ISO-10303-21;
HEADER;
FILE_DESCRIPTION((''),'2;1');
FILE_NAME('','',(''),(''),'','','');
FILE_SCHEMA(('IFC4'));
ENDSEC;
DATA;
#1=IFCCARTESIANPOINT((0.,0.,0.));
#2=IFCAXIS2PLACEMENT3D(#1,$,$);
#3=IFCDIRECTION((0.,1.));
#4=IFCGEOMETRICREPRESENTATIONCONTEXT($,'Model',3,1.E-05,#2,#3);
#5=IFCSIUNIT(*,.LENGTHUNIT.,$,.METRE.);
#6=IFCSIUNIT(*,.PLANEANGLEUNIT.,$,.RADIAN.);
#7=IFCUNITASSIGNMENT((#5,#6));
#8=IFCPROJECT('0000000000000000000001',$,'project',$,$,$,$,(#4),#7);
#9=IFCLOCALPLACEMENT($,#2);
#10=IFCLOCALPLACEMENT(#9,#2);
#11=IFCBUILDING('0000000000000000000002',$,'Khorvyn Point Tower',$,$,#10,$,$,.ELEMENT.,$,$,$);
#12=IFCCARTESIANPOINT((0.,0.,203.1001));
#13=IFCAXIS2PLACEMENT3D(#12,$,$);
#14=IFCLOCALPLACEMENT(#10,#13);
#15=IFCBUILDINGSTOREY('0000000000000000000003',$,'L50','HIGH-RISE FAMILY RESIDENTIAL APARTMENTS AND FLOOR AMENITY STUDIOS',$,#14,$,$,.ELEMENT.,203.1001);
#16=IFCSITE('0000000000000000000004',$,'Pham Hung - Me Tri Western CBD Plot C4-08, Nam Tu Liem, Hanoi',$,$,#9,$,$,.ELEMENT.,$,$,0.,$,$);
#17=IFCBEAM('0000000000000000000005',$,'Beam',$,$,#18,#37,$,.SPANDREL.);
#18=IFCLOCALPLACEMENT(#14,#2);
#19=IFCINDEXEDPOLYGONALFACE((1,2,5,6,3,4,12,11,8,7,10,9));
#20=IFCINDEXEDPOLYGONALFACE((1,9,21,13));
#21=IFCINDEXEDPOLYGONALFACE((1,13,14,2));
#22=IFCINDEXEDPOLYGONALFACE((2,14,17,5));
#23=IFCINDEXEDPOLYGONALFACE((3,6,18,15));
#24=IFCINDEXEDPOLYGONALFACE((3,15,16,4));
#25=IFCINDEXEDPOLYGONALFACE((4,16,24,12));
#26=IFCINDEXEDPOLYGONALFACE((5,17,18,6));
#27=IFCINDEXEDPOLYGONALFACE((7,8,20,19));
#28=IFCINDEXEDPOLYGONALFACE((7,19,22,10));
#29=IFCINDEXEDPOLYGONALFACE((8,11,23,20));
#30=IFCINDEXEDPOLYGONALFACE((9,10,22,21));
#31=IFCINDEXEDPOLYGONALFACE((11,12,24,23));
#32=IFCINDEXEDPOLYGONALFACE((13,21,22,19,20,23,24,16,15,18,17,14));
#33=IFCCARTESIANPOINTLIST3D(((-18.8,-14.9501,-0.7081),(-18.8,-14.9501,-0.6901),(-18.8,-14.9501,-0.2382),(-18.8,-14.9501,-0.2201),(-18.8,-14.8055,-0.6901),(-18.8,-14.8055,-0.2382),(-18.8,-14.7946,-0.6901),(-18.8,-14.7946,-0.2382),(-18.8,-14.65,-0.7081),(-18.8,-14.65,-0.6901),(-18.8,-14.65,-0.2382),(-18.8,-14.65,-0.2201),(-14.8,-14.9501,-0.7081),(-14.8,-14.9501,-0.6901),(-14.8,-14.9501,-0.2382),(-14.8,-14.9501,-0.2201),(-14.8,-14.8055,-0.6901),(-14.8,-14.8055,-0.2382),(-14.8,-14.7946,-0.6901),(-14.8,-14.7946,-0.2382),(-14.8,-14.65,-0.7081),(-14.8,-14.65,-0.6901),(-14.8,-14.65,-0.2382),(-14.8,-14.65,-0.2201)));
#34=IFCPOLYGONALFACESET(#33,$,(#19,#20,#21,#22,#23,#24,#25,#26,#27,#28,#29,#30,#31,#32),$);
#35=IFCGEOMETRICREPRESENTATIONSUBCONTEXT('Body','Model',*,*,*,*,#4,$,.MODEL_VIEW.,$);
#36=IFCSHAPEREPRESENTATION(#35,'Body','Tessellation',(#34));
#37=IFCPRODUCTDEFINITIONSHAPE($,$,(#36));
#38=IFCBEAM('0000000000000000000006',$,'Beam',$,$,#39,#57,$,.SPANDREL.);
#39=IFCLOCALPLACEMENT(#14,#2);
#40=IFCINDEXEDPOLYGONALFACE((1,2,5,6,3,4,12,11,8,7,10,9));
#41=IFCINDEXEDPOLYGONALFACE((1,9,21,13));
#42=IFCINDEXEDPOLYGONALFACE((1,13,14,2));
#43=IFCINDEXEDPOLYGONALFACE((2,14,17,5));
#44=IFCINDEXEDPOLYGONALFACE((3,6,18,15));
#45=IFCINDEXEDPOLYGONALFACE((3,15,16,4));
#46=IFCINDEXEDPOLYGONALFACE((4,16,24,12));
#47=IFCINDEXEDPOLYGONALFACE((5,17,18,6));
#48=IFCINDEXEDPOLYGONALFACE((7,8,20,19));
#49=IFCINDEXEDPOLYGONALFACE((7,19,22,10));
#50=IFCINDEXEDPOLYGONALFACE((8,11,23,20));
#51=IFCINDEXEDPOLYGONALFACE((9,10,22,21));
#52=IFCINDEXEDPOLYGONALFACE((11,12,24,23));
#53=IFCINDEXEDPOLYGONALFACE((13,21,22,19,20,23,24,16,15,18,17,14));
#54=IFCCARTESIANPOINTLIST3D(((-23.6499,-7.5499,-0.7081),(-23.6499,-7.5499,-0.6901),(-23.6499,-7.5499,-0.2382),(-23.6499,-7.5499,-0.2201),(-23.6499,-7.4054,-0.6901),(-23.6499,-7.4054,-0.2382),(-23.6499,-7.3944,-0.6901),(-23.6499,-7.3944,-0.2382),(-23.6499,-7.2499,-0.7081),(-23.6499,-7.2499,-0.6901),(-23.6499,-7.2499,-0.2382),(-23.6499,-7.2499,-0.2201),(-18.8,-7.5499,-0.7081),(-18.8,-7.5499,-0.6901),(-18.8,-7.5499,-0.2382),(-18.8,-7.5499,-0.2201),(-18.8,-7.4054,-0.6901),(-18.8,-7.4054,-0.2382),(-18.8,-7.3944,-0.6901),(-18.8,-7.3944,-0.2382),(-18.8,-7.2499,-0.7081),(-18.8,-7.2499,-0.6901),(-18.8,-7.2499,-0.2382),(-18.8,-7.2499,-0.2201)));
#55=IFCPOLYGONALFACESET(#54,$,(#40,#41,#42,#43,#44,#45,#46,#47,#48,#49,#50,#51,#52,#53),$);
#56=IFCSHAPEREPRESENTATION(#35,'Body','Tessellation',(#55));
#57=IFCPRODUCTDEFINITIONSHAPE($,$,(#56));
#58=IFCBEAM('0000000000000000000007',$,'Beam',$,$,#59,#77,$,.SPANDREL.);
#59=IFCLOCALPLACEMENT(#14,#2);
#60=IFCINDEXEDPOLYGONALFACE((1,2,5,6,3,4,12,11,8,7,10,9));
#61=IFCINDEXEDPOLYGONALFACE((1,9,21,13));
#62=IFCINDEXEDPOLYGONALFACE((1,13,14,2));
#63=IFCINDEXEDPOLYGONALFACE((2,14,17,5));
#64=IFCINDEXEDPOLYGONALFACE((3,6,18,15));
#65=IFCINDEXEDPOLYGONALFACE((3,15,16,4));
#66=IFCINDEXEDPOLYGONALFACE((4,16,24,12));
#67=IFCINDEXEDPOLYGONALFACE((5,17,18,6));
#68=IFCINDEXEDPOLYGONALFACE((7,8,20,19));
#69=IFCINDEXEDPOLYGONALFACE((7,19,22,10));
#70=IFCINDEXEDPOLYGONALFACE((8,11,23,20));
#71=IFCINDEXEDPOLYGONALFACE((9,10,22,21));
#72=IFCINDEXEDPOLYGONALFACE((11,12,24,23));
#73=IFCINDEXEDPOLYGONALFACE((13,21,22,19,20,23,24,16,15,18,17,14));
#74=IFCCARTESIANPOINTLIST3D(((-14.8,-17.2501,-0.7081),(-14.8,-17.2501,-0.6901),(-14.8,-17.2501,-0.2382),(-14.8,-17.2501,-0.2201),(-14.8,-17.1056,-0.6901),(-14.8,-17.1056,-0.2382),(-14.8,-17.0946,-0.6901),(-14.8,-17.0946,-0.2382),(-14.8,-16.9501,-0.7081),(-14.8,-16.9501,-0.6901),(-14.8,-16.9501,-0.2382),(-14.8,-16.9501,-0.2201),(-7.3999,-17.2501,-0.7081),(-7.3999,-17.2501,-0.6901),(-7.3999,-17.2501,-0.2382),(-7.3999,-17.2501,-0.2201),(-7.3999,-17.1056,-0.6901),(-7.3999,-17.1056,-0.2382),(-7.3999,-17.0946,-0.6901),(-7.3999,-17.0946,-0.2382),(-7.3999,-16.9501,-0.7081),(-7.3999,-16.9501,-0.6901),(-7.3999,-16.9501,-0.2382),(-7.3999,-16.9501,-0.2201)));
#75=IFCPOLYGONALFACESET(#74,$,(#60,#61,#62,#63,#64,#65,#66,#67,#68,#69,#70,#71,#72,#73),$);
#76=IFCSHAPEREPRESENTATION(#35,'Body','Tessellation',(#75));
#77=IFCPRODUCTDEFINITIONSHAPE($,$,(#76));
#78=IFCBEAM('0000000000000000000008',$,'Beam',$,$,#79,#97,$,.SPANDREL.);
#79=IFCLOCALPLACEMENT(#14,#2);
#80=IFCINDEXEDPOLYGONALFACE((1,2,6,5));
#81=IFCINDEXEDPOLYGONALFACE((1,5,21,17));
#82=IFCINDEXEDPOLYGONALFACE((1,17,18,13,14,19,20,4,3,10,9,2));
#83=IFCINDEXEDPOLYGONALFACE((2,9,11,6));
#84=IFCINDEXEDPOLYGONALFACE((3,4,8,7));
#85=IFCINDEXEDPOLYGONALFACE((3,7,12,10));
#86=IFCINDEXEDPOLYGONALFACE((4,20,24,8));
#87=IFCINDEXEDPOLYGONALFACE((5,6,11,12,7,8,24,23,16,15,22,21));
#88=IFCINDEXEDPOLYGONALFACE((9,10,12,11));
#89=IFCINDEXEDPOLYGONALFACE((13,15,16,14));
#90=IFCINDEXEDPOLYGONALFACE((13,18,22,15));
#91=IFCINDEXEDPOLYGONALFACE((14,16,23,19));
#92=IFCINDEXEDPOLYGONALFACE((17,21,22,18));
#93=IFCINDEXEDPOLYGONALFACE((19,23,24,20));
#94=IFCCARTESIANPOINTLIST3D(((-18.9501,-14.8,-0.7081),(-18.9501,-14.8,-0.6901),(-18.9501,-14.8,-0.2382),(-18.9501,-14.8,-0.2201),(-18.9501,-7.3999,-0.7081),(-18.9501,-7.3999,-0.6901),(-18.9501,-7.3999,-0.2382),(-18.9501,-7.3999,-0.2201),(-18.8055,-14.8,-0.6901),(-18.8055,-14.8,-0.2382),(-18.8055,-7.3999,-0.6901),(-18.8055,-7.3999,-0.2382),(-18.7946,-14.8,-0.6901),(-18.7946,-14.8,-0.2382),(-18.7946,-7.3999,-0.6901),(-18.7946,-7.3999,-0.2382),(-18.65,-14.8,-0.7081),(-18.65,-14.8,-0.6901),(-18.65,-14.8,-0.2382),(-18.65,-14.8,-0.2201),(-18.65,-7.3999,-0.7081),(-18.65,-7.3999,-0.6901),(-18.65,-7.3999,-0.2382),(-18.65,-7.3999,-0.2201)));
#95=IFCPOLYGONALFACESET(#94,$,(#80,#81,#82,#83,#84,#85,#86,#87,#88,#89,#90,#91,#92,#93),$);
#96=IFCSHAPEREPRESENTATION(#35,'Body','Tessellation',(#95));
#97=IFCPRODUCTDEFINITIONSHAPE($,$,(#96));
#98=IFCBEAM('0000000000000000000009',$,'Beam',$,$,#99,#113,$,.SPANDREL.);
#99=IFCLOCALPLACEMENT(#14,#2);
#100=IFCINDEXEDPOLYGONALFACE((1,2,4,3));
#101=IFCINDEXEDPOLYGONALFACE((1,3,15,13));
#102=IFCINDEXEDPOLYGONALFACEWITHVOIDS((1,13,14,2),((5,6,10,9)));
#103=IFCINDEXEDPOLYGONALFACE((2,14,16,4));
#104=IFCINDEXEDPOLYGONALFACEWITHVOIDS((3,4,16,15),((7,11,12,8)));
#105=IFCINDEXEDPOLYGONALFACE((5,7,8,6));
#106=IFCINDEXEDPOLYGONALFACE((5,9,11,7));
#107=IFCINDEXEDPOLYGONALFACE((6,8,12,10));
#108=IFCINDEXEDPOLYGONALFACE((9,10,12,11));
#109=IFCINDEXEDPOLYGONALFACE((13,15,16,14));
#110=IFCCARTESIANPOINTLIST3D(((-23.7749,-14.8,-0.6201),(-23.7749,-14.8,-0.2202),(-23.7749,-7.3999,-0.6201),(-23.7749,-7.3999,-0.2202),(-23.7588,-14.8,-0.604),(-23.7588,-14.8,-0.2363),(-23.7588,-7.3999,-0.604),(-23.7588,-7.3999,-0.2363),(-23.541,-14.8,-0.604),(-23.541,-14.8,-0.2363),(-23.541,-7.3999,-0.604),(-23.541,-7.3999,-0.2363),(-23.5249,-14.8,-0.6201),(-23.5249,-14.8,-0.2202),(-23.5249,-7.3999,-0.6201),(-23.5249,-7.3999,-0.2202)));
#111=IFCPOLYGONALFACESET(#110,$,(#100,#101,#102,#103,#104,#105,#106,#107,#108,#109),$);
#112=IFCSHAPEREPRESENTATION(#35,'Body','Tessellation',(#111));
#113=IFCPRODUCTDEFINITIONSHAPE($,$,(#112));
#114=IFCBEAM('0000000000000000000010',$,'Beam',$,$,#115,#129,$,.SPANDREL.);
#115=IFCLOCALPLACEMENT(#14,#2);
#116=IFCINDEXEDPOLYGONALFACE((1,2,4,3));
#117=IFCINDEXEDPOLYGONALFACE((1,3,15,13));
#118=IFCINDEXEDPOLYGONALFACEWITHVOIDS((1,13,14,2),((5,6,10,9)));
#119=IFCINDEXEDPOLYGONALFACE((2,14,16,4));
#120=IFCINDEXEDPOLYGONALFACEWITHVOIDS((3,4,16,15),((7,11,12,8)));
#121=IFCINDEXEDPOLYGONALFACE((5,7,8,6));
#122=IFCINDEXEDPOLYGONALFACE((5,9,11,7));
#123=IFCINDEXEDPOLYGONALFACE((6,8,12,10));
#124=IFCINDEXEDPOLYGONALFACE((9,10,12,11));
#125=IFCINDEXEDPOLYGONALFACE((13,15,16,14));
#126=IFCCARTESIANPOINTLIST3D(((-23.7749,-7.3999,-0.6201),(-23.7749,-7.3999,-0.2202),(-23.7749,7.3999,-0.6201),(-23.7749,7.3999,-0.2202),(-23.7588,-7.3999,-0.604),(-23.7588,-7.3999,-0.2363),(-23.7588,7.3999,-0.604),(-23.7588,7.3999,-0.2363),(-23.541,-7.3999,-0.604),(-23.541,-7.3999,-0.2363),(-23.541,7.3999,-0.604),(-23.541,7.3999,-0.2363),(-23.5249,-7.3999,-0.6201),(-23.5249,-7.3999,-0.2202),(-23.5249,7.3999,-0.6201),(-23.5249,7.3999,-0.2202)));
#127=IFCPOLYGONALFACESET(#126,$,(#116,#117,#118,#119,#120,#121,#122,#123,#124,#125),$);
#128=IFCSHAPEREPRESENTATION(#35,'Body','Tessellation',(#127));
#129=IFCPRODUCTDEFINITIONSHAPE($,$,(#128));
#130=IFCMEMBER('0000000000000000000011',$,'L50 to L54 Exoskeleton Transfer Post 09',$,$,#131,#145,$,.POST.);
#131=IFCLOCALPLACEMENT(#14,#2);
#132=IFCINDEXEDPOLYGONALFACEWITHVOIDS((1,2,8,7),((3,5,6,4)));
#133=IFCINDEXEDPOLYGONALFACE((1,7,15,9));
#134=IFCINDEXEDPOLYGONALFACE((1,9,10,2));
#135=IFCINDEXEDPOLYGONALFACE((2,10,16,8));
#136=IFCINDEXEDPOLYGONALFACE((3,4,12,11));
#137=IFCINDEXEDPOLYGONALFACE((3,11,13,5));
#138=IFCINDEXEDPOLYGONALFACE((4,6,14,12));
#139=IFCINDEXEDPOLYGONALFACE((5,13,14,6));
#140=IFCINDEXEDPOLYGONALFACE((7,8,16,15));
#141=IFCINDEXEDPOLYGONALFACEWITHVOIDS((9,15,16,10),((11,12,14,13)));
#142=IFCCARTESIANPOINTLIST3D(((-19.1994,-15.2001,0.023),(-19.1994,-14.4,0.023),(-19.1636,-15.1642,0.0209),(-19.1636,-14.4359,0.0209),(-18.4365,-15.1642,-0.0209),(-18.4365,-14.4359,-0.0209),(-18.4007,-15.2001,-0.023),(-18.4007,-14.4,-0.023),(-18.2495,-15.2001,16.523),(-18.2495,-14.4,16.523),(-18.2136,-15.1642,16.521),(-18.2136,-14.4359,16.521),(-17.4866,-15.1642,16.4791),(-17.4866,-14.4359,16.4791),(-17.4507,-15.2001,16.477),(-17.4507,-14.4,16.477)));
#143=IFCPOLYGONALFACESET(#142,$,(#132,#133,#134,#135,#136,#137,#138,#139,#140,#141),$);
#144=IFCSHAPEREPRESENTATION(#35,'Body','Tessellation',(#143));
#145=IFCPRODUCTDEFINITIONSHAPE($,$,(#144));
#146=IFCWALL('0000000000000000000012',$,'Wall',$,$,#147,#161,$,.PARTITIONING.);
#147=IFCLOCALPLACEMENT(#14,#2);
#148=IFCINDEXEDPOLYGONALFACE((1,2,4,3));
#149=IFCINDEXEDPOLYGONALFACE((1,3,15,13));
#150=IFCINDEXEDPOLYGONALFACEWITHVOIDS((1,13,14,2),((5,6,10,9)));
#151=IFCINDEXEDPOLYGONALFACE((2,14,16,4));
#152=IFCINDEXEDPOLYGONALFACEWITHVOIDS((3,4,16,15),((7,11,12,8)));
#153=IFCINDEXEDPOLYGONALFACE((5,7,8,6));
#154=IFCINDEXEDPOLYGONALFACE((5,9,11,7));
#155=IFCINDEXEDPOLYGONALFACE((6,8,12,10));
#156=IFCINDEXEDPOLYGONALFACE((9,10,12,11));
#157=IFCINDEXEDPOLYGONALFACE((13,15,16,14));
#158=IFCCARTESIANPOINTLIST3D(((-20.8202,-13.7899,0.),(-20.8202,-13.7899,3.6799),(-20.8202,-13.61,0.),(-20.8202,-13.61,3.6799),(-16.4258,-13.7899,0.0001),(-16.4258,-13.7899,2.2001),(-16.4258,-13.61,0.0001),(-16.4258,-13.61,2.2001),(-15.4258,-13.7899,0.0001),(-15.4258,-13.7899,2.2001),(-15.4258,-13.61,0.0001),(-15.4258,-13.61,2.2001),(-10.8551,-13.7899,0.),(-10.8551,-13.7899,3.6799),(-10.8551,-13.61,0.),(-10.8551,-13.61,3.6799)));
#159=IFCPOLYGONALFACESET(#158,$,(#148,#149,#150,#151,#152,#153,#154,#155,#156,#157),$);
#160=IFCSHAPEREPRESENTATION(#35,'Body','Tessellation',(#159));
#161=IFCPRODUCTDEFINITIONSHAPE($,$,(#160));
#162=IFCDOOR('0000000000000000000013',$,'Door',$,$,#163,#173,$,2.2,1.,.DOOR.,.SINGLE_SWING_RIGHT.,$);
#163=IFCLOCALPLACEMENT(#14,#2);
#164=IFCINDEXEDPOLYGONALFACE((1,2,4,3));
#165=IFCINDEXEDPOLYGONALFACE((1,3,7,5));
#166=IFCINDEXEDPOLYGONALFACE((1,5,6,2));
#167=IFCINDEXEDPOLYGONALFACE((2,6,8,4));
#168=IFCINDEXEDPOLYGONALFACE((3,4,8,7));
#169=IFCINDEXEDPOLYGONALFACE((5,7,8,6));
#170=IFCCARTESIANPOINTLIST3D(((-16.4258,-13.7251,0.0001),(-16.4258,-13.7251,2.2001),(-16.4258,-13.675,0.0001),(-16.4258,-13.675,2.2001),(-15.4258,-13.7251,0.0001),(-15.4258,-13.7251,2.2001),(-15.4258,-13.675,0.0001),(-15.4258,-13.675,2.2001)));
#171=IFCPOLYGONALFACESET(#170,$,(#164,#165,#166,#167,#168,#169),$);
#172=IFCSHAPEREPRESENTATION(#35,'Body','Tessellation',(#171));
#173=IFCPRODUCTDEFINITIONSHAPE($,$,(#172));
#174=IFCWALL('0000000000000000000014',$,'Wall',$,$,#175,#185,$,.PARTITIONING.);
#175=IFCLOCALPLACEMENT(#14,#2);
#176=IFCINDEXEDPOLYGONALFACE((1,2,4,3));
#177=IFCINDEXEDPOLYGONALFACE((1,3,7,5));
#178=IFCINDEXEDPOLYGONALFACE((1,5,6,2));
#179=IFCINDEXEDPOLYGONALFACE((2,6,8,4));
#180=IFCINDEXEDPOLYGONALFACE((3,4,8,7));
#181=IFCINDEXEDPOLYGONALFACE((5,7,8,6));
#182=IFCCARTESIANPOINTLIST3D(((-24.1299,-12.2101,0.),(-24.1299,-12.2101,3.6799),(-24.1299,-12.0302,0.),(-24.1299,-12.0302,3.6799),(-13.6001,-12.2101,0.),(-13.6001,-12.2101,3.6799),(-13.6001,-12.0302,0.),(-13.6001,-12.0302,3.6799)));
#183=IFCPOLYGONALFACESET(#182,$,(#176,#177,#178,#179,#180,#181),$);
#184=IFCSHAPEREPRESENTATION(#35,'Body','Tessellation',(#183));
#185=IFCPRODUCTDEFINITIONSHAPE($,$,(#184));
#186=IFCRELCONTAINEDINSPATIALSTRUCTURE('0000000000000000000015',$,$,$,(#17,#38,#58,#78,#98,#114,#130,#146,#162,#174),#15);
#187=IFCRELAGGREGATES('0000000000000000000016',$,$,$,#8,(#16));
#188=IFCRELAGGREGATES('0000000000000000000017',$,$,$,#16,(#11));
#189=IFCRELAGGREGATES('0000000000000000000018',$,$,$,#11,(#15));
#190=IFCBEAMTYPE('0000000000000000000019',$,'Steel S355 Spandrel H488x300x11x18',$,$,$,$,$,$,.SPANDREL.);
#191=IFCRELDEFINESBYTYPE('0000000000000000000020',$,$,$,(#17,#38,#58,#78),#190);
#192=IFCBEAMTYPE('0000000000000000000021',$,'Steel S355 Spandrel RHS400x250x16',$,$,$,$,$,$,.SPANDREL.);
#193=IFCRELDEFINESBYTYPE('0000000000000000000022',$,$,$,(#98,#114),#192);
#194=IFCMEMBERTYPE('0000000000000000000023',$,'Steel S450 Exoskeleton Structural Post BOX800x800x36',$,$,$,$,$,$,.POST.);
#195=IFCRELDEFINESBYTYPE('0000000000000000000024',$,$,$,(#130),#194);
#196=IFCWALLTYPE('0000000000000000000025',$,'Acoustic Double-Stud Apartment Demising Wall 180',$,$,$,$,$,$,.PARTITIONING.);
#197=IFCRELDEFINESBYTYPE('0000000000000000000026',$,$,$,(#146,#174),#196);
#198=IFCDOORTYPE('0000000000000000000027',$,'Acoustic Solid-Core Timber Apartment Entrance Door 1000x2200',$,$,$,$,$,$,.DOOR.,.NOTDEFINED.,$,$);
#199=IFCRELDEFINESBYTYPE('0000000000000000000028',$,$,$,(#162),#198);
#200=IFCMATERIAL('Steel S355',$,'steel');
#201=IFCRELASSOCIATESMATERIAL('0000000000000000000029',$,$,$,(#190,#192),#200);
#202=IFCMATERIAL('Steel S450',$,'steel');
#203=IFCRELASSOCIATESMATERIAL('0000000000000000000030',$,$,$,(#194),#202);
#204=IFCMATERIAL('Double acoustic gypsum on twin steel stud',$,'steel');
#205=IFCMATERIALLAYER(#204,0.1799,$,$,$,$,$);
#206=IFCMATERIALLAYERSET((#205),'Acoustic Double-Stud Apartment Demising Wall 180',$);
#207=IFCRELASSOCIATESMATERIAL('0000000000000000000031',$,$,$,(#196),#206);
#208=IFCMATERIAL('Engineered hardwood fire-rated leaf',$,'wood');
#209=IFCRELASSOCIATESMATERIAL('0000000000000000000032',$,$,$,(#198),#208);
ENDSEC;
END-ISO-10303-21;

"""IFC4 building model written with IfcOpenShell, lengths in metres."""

from ifc_helpers import new_model, si_unit, direction, frame, frame_2d, origin, origin_2d, place, context, subcontext, project, spatial, rectangle, hollow_rectangle, i_section, extrude, material, layer, layer_set, material_profile, profile_set, type_object, element, fill, save


model = new_model("IFC4")

# Units and contexts
model_context = context("Model", 3, precision=1e-05, world=origin(), true_north=direction((0.0, 1.0)))
body_context = subcontext(model_context, "Body", "Model", "MODEL_VIEW")
ifc_project = project(units=[si_unit("LENGTHUNIT", "METRE"), si_unit("PLANEANGLEUNIT", "RADIAN")], contexts=[model_context])

# Site, building, storey
site_placement = place(None, origin())
site = spatial("IfcSite", under=ifc_project, at=site_placement, Name="Pham Hung - Me Tri Western CBD Plot C4-08, Nam Tu Liem, Hanoi", CompositionType="ELEMENT", RefElevation=0.0)
building_placement = place(site_placement, origin())
building = spatial("IfcBuilding", under=site, at=building_placement, Name="Khorvyn Point Tower", CompositionType="ELEMENT")
storey_placement = place(building_placement, frame((0.0, 0.0, 203.1001)))
storey = spatial("IfcBuildingStorey", under=building, at=storey_placement, Name="L50", Description="HIGH-RISE FAMILY RESIDENTIAL APARTMENTS AND FLOOR AMENITY STUDIOS", CompositionType="ELEMENT", Elevation=203.1001)

# Shared definitions
ifc_material_1 = material(Name="Steel S450", Category="steel")

# Beams
ifc_material_2 = material(Name="Steel S355", Category="steel")
ifc_material_profile_1 = material_profile(ifc_material_2, i_section(OverallWidth=0.3, OverallDepth=0.488, WebThickness=0.011, FlangeThickness=0.0181, at=origin_2d()))
ifc_profile_set_1 = profile_set([ifc_material_profile_1], Name="Steel S355 H488x300x11x18")
beam_type_1 = type_object("IfcBeamType", Name="Steel S355 Spandrel H488x300x11x18", PredefinedType="SPANDREL", material=ifc_profile_set_1)
beam_1_placement = place(storey_placement, frame((-18.8, -14.8, -0.4641), z_axis=(1.0, 0.0, 0.0), x_axis=(0.0, 1.0, 0.0)))
element("IfcBeam", 1, at=beam_1_placement, inside=storey, type_object=beam_type_1, Name="Beam", PredefinedType="SPANDREL", context=body_context, shape_type="SweptSolid", body=[
    extrude(i_section(OverallWidth=0.3, OverallDepth=0.488, WebThickness=0.011, FlangeThickness=0.0181, at=origin_2d()), origin(), (0.0, 0.0, 1.0), 4.0),
])
beam_2_placement = place(storey_placement, frame((-23.6499, -7.3999, -0.4641), z_axis=(1.0, 0.0, 0.0), x_axis=(0.0, 1.0, 0.0)))
element("IfcBeam", 2, at=beam_2_placement, inside=storey, type_object=beam_type_1, Name="Beam", PredefinedType="SPANDREL", context=body_context, shape_type="SweptSolid", body=[
    extrude(i_section(OverallWidth=0.3, OverallDepth=0.488, WebThickness=0.011, FlangeThickness=0.0181, at=origin_2d()), origin(), (0.0, 0.0, 1.0), 4.8499),
])
for number, where, z_axis, x_axis, name in (
    (3, (-14.8, -17.1001, -0.4641), (1.0, 0.0, 0.0), (0.0, 1.0, 0.0), "Beam"),
    (4, (-18.8, -14.8, -0.4641), (0.0, 1.0, 0.0), (-1.0, 0.0, 0.0), "Beam"),
):
    element("IfcBeam", number, at=place(storey_placement, frame(where, z_axis=z_axis, x_axis=x_axis)), inside=storey, type_object=beam_type_1, Name=name, PredefinedType="SPANDREL", context=body_context, shape_type="SweptSolid", body=[
        extrude(i_section(OverallWidth=0.3, OverallDepth=0.488, WebThickness=0.011, FlangeThickness=0.0181, at=origin_2d()), origin(), (0.0, 0.0, 1.0), 7.4001),
    ])
ifc_material_profile_2 = material_profile(ifc_material_2, hollow_rectangle(XDim=0.25, YDim=0.3999, WallThickness=0.0161, at=origin_2d()))
ifc_profile_set_2 = profile_set([ifc_material_profile_2], Name="Steel S355 RHS400x250x16")
beam_type_2 = type_object("IfcBeamType", Name="Steel S355 Spandrel RHS400x250x16", PredefinedType="SPANDREL", material=ifc_profile_set_2)
beam_3_placement = place(storey_placement, frame((-23.6499, -14.8, -0.4202), z_axis=(0.0, 1.0, 0.0), x_axis=(-1.0, 0.0, 0.0)))
element("IfcBeam", 5, at=beam_3_placement, inside=storey, type_object=beam_type_2, Name="Beam", PredefinedType="SPANDREL", context=body_context, shape_type="SweptSolid", body=[
    extrude(hollow_rectangle(XDim=0.25, YDim=0.3999, WallThickness=0.0161, at=origin_2d()), origin(), (0.0, 0.0, 1.0), 7.4001),
])
beam_4_placement = place(storey_placement, frame((-23.6499, -7.3999, -0.4202), z_axis=(0.0, 1.0, 0.0), x_axis=(-1.0, 0.0, 0.0)))
element("IfcBeam", 6, at=beam_4_placement, inside=storey, type_object=beam_type_2, Name="Beam", PredefinedType="SPANDREL", context=body_context, shape_type="SweptSolid", body=[
    extrude(hollow_rectangle(XDim=0.25, YDim=0.3999, WallThickness=0.0161, at=origin_2d()), origin(), (0.0, 0.0, 1.0), 14.7998),
])

# Member
ifc_material_profile_3 = material_profile(ifc_material_1, hollow_rectangle(XDim=0.8, YDim=0.8, WallThickness=0.0359, at=origin_2d()))
ifc_profile_set_3 = profile_set([ifc_material_profile_3], Name="Steel S450 BOX800x800x36")
member_type_1 = type_object("IfcMemberType", Name="Steel S450 Exoskeleton Structural Post BOX800x800x36", PredefinedType="POST", material=ifc_profile_set_3)
member_1_placement = place(storey_placement, frame((-18.8, -14.8, 0.0), z_axis=(0.057478, 0.0, 0.998347), x_axis=(0.0, 1.0, 0.0)))
element("IfcMember", 7, at=member_1_placement, inside=storey, type_object=member_type_1, Name="L50 to L54 Exoskeleton Transfer Post 09", PredefinedType="POST", context=body_context, shape_type="SweptSolid", body=[
    extrude(hollow_rectangle(XDim=0.8, YDim=0.8, WallThickness=0.0359, at=origin_2d()), origin(), (0.0, 0.0, 1.0), 16.5273),
])

# Wall, opening, door
ifc_material_3 = material(Name="Double acoustic gypsum on twin steel stud", Category="steel")
ifc_layer_1 = layer(ifc_material_3, 0.1799)
ifc_layer_set_1 = layer_set([ifc_layer_1], Name="Acoustic Double-Stud Apartment Demising Wall 180")
wall_type_1 = type_object("IfcWallType", Name="Acoustic Double-Stud Apartment Demising Wall 180", PredefinedType="PARTITIONING", material=ifc_layer_set_1)
wall_1_placement = place(storey_placement, frame((-20.8201, -13.7, 0.0), z_axis=(0.0, 0.0, 1.0), x_axis=(1.0, 0.0, 0.0)))
wall_1 = element("IfcWall", 8, at=wall_1_placement, inside=storey, type_object=wall_type_1, Name="Wall", PredefinedType="PARTITIONING", context=body_context, shape_type="SweptSolid", body=[
    extrude(rectangle(XDim=9.9651, YDim=0.1799, at=frame_2d((4.9824, 0.0))), origin(), (0.0, 0.0, 1.0), 3.6799),
])
opening_1_placement = place(wall_1_placement, frame((4.3943, 0.0, 0.0)))
opening_1 = element("IfcOpeningElement", 9, at=opening_1_placement, cuts=wall_1, PredefinedType="OPENING", context=body_context, shape_type="SweptSolid", body=[
    extrude(rectangle(XDim=1.0, YDim=2.2, at=frame_2d((0.5, 1.1001))), frame((0.0, 0.0999, 0.0), z_axis=(0.0, -1.0, 0.0), x_axis=(1.0, 0.0, 0.0)), (0.0, 0.0, 1.0), 0.2),
])
ifc_material_4 = material(Name="Engineered hardwood fire-rated leaf", Category="wood")
door_type_1 = type_object("IfcDoorType", Name="Acoustic Solid-Core Timber Apartment Entrance Door 1000x2200", OperationType="NOTDEFINED", PredefinedType="DOOR", material=ifc_material_4)
door_1_placement = place(opening_1_placement, origin())
door_1 = element("IfcDoor", 10, at=door_1_placement, inside=storey, type_object=door_type_1, Name="Door", OperationType="SINGLE_SWING_RIGHT", OverallHeight=2.2, OverallWidth=1.0, PredefinedType="DOOR", context=body_context, shape_type="SweptSolid", body=[
    extrude(rectangle(XDim=1.0, YDim=2.2, at=frame_2d((0.5, 1.1001))), frame((0.0, 0.0249, 0.0), z_axis=(0.0, -1.0, 0.0), x_axis=(1.0, 0.0, 0.0)), (0.0, 0.0, 1.0), 0.05),
])
fill(opening_1, door_1)

# Wall
wall_2_placement = place(storey_placement, frame((-24.1299, -12.1201, 0.0), z_axis=(0.0, 0.0, 1.0), x_axis=(1.0, 0.0, 0.0)))
element("IfcWall", 11, at=wall_2_placement, inside=storey, type_object=wall_type_1, Name="Wall", PredefinedType="PARTITIONING", context=body_context, shape_type="SweptSolid", body=[
    extrude(rectangle(XDim=10.5298, YDim=0.1799, at=frame_2d((5.2649, 0.0))), origin(), (0.0, 0.0, 1.0), 3.6799),
])

save(model, "model.ifc")
